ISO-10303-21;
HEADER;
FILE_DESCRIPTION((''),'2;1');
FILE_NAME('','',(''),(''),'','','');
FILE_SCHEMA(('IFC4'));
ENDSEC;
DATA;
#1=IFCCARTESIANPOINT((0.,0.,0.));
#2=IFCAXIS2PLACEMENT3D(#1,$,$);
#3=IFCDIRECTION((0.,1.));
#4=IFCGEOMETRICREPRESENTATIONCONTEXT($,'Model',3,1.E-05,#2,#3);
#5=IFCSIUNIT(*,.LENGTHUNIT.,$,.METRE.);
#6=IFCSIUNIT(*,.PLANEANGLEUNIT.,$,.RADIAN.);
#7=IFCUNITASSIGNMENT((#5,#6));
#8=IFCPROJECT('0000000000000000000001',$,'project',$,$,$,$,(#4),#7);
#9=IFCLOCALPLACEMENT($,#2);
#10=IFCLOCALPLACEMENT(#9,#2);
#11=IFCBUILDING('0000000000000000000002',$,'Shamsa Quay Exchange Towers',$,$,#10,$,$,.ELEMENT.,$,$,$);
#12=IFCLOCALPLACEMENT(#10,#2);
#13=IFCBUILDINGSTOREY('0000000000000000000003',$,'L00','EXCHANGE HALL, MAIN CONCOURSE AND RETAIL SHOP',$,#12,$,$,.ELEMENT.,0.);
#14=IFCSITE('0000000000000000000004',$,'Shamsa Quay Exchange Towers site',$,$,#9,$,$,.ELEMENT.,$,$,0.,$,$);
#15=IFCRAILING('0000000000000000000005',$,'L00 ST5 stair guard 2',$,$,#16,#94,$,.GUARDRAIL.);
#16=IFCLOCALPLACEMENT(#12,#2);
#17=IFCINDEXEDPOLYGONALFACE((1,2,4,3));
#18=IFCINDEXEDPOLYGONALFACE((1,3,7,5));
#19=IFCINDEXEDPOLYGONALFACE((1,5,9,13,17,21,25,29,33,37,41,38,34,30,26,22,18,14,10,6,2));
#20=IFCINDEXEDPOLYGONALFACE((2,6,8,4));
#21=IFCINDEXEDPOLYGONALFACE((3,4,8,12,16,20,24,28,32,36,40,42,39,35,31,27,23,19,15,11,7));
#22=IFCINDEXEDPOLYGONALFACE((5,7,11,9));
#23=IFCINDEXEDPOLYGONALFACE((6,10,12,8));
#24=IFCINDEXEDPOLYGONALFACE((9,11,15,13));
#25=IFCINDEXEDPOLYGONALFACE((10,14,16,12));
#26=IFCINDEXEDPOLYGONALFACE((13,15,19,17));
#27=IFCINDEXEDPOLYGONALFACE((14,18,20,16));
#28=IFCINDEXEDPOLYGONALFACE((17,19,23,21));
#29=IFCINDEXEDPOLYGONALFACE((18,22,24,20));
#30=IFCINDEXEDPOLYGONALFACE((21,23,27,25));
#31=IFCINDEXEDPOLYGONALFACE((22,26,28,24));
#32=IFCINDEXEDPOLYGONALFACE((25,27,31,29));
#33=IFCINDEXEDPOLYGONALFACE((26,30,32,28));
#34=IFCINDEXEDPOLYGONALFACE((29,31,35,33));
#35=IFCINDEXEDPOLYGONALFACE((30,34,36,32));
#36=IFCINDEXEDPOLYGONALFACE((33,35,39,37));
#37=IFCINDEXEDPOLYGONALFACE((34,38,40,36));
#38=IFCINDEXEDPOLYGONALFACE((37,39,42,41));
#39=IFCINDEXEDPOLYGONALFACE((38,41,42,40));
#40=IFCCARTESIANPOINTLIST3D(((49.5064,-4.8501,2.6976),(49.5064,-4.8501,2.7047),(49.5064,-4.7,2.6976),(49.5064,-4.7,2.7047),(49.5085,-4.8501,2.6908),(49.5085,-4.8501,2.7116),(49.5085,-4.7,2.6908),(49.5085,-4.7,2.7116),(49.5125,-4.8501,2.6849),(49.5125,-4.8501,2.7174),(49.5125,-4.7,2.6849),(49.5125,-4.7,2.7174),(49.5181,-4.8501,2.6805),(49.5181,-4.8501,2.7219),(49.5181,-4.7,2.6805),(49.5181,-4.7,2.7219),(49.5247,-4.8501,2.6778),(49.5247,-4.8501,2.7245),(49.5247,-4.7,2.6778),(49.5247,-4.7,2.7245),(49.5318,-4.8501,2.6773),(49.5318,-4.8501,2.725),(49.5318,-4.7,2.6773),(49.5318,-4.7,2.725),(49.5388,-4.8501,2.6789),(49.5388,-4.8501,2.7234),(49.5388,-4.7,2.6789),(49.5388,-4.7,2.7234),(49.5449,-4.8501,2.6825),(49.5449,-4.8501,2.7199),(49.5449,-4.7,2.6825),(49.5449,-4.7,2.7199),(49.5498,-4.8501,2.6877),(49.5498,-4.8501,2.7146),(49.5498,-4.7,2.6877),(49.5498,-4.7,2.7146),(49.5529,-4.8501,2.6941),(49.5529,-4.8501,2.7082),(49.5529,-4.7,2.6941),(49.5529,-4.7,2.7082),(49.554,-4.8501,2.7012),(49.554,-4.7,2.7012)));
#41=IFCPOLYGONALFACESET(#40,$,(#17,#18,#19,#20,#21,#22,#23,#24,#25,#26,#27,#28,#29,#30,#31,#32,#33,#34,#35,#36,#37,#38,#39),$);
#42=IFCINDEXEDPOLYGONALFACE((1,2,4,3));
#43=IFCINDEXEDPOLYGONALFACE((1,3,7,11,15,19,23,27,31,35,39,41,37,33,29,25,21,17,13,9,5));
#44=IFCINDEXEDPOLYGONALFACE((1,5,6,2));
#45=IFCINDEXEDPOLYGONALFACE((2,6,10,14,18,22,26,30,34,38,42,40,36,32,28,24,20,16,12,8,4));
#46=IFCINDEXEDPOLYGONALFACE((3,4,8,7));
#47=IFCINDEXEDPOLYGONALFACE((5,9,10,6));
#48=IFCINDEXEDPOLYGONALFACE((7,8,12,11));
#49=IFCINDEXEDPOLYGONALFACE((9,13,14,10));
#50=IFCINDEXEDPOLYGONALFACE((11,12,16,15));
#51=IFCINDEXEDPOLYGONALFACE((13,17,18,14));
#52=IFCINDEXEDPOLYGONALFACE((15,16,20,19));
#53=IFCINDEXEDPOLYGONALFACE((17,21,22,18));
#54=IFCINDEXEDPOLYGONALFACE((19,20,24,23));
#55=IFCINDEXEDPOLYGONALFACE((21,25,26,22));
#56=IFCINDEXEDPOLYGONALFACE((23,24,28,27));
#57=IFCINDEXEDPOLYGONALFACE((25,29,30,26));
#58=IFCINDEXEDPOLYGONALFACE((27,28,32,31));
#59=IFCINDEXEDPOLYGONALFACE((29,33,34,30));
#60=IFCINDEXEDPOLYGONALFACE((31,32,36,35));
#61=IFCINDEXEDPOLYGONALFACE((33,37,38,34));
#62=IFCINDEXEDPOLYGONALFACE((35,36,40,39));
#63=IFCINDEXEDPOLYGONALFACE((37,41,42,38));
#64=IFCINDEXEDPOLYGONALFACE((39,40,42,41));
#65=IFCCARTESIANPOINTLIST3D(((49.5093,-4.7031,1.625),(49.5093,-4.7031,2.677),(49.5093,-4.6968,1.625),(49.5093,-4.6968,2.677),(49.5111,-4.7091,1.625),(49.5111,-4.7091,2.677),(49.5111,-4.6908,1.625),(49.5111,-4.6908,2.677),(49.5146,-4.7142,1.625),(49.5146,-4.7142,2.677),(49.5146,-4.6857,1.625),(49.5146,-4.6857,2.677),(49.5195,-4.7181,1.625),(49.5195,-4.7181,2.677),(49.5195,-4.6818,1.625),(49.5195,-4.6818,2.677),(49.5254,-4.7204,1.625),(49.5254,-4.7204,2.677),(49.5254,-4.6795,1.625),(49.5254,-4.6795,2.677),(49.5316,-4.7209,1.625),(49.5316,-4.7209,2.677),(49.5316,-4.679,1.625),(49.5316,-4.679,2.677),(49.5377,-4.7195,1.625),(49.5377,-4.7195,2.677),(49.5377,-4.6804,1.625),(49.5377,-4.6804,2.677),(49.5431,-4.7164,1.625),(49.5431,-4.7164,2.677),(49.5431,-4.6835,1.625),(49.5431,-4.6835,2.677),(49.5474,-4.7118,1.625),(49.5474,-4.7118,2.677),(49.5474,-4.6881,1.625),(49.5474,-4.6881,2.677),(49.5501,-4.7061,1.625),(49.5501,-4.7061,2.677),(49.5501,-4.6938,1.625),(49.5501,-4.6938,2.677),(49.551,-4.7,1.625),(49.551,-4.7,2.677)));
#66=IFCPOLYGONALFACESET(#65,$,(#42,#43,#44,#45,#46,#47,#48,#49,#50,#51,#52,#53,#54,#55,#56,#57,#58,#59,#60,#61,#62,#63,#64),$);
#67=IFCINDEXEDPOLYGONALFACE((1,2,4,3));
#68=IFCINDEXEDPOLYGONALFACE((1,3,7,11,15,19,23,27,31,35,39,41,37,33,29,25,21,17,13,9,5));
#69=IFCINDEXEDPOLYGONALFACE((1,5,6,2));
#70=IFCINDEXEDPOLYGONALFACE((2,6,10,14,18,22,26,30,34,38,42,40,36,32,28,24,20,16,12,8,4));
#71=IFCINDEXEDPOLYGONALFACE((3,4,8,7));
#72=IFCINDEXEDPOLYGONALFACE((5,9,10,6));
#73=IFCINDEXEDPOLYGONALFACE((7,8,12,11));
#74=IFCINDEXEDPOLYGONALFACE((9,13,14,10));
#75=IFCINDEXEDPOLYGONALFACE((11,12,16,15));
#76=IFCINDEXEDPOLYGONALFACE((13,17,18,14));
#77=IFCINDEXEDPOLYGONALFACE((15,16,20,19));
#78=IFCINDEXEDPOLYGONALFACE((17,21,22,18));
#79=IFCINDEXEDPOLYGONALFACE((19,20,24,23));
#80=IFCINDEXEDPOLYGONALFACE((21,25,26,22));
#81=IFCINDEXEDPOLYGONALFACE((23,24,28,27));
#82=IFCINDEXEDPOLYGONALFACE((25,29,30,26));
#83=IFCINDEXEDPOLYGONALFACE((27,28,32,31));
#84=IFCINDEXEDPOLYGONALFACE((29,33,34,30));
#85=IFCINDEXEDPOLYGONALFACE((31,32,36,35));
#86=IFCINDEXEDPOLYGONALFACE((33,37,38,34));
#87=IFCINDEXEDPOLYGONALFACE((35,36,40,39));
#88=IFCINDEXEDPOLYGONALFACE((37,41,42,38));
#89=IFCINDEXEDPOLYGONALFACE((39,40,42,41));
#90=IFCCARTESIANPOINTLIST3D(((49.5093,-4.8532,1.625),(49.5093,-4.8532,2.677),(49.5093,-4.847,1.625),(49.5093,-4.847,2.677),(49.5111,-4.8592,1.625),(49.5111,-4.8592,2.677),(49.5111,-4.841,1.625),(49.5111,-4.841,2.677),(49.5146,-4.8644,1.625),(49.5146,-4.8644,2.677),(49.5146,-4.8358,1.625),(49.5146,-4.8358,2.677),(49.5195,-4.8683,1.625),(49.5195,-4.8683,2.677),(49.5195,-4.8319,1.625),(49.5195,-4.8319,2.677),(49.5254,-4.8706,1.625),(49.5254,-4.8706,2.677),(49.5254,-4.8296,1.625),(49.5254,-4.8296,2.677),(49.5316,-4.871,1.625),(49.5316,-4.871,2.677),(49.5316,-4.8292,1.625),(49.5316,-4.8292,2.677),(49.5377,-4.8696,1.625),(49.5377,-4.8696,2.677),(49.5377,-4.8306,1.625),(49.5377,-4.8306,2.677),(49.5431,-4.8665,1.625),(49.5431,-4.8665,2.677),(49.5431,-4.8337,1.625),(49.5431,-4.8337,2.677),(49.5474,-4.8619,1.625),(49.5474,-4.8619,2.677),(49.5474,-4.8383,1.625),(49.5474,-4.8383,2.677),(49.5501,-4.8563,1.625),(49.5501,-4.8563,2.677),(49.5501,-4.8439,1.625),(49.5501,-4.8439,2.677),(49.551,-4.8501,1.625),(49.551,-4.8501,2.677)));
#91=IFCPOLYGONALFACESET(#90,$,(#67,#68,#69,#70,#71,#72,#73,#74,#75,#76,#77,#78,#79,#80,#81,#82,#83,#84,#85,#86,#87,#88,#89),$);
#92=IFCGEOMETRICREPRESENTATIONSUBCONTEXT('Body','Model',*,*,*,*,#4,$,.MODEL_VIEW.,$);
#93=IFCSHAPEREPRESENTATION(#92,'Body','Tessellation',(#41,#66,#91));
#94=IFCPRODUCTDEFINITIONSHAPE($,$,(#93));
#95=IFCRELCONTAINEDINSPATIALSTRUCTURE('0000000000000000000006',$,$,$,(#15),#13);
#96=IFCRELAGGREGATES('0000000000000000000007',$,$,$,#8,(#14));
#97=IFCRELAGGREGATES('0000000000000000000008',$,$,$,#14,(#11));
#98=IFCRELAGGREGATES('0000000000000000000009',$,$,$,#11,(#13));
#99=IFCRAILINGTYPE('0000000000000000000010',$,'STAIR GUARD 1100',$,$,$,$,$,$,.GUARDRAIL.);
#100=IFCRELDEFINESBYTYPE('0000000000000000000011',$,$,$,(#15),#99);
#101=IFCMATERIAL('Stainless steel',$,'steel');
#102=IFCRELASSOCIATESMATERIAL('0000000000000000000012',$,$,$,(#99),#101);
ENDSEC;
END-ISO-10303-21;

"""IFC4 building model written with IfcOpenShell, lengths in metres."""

from ifc_helpers import new_model, si_unit, direction, frame, origin, origin_2d, place, context, subcontext, project, spatial, circle, extrude, material, type_object, element, save


model = new_model("IFC4")

# Units and contexts
model_context = context("Model", 3, precision=1e-05, world=origin(), true_north=direction((0.0, 1.0)))
body_context = subcontext(model_context, "Body", "Model", "MODEL_VIEW")
ifc_project = project(units=[si_unit("LENGTHUNIT", "METRE"), si_unit("PLANEANGLEUNIT", "RADIAN")], contexts=[model_context])

# Site, building, storey
site_placement = place(None, origin())
site = spatial("IfcSite", under=ifc_project, at=site_placement, Name="Shamsa Quay Exchange Towers site", CompositionType="ELEMENT", RefElevation=0.0)
building_placement = place(site_placement, origin())
building = spatial("IfcBuilding", under=site, at=building_placement, Name="Shamsa Quay Exchange Towers", CompositionType="ELEMENT")
storey_placement = place(building_placement, origin())
storey = spatial("IfcBuildingStorey", under=building, at=storey_placement, Name="L00", Description="EXCHANGE HALL, MAIN CONCOURSE AND RETAIL SHOP", CompositionType="ELEMENT", Elevation=0.0)

# Railing
ifc_material_1 = material(Name="Stainless steel", Category="steel")
railing_type_1 = type_object("IfcRailingType", Name="STAIR GUARD 1100", PredefinedType="GUARDRAIL", material=ifc_material_1)
railing_1_placement = place(storey_placement, frame((49.53, -4.7, 1.625)))
element("IfcRailing", 1, at=railing_1_placement, inside=storey, type_object=railing_type_1, Name="L00 ST5 stair guard 2", PredefinedType="GUARDRAIL", context=body_context, shape_type="SweptSolid", body=[
    extrude(circle(Radius=0.0239, at=origin_2d()), frame((0.0, 0.0, 1.0762), z_axis=(0.0, -1.0, 0.0), x_axis=(1.0, 0.0, 0.0)), (0.0, 0.0, 1.0), 0.1501),
    extrude(circle(Radius=0.021, at=origin_2d()), origin(), (0.0, 0.0, 1.0), 1.052),
    extrude(circle(Radius=0.021, at=origin_2d()), frame((0.0, -0.1501, 0.0)), (0.0, 0.0, 1.0), 1.052),
])

save(model, "model.ifc")
